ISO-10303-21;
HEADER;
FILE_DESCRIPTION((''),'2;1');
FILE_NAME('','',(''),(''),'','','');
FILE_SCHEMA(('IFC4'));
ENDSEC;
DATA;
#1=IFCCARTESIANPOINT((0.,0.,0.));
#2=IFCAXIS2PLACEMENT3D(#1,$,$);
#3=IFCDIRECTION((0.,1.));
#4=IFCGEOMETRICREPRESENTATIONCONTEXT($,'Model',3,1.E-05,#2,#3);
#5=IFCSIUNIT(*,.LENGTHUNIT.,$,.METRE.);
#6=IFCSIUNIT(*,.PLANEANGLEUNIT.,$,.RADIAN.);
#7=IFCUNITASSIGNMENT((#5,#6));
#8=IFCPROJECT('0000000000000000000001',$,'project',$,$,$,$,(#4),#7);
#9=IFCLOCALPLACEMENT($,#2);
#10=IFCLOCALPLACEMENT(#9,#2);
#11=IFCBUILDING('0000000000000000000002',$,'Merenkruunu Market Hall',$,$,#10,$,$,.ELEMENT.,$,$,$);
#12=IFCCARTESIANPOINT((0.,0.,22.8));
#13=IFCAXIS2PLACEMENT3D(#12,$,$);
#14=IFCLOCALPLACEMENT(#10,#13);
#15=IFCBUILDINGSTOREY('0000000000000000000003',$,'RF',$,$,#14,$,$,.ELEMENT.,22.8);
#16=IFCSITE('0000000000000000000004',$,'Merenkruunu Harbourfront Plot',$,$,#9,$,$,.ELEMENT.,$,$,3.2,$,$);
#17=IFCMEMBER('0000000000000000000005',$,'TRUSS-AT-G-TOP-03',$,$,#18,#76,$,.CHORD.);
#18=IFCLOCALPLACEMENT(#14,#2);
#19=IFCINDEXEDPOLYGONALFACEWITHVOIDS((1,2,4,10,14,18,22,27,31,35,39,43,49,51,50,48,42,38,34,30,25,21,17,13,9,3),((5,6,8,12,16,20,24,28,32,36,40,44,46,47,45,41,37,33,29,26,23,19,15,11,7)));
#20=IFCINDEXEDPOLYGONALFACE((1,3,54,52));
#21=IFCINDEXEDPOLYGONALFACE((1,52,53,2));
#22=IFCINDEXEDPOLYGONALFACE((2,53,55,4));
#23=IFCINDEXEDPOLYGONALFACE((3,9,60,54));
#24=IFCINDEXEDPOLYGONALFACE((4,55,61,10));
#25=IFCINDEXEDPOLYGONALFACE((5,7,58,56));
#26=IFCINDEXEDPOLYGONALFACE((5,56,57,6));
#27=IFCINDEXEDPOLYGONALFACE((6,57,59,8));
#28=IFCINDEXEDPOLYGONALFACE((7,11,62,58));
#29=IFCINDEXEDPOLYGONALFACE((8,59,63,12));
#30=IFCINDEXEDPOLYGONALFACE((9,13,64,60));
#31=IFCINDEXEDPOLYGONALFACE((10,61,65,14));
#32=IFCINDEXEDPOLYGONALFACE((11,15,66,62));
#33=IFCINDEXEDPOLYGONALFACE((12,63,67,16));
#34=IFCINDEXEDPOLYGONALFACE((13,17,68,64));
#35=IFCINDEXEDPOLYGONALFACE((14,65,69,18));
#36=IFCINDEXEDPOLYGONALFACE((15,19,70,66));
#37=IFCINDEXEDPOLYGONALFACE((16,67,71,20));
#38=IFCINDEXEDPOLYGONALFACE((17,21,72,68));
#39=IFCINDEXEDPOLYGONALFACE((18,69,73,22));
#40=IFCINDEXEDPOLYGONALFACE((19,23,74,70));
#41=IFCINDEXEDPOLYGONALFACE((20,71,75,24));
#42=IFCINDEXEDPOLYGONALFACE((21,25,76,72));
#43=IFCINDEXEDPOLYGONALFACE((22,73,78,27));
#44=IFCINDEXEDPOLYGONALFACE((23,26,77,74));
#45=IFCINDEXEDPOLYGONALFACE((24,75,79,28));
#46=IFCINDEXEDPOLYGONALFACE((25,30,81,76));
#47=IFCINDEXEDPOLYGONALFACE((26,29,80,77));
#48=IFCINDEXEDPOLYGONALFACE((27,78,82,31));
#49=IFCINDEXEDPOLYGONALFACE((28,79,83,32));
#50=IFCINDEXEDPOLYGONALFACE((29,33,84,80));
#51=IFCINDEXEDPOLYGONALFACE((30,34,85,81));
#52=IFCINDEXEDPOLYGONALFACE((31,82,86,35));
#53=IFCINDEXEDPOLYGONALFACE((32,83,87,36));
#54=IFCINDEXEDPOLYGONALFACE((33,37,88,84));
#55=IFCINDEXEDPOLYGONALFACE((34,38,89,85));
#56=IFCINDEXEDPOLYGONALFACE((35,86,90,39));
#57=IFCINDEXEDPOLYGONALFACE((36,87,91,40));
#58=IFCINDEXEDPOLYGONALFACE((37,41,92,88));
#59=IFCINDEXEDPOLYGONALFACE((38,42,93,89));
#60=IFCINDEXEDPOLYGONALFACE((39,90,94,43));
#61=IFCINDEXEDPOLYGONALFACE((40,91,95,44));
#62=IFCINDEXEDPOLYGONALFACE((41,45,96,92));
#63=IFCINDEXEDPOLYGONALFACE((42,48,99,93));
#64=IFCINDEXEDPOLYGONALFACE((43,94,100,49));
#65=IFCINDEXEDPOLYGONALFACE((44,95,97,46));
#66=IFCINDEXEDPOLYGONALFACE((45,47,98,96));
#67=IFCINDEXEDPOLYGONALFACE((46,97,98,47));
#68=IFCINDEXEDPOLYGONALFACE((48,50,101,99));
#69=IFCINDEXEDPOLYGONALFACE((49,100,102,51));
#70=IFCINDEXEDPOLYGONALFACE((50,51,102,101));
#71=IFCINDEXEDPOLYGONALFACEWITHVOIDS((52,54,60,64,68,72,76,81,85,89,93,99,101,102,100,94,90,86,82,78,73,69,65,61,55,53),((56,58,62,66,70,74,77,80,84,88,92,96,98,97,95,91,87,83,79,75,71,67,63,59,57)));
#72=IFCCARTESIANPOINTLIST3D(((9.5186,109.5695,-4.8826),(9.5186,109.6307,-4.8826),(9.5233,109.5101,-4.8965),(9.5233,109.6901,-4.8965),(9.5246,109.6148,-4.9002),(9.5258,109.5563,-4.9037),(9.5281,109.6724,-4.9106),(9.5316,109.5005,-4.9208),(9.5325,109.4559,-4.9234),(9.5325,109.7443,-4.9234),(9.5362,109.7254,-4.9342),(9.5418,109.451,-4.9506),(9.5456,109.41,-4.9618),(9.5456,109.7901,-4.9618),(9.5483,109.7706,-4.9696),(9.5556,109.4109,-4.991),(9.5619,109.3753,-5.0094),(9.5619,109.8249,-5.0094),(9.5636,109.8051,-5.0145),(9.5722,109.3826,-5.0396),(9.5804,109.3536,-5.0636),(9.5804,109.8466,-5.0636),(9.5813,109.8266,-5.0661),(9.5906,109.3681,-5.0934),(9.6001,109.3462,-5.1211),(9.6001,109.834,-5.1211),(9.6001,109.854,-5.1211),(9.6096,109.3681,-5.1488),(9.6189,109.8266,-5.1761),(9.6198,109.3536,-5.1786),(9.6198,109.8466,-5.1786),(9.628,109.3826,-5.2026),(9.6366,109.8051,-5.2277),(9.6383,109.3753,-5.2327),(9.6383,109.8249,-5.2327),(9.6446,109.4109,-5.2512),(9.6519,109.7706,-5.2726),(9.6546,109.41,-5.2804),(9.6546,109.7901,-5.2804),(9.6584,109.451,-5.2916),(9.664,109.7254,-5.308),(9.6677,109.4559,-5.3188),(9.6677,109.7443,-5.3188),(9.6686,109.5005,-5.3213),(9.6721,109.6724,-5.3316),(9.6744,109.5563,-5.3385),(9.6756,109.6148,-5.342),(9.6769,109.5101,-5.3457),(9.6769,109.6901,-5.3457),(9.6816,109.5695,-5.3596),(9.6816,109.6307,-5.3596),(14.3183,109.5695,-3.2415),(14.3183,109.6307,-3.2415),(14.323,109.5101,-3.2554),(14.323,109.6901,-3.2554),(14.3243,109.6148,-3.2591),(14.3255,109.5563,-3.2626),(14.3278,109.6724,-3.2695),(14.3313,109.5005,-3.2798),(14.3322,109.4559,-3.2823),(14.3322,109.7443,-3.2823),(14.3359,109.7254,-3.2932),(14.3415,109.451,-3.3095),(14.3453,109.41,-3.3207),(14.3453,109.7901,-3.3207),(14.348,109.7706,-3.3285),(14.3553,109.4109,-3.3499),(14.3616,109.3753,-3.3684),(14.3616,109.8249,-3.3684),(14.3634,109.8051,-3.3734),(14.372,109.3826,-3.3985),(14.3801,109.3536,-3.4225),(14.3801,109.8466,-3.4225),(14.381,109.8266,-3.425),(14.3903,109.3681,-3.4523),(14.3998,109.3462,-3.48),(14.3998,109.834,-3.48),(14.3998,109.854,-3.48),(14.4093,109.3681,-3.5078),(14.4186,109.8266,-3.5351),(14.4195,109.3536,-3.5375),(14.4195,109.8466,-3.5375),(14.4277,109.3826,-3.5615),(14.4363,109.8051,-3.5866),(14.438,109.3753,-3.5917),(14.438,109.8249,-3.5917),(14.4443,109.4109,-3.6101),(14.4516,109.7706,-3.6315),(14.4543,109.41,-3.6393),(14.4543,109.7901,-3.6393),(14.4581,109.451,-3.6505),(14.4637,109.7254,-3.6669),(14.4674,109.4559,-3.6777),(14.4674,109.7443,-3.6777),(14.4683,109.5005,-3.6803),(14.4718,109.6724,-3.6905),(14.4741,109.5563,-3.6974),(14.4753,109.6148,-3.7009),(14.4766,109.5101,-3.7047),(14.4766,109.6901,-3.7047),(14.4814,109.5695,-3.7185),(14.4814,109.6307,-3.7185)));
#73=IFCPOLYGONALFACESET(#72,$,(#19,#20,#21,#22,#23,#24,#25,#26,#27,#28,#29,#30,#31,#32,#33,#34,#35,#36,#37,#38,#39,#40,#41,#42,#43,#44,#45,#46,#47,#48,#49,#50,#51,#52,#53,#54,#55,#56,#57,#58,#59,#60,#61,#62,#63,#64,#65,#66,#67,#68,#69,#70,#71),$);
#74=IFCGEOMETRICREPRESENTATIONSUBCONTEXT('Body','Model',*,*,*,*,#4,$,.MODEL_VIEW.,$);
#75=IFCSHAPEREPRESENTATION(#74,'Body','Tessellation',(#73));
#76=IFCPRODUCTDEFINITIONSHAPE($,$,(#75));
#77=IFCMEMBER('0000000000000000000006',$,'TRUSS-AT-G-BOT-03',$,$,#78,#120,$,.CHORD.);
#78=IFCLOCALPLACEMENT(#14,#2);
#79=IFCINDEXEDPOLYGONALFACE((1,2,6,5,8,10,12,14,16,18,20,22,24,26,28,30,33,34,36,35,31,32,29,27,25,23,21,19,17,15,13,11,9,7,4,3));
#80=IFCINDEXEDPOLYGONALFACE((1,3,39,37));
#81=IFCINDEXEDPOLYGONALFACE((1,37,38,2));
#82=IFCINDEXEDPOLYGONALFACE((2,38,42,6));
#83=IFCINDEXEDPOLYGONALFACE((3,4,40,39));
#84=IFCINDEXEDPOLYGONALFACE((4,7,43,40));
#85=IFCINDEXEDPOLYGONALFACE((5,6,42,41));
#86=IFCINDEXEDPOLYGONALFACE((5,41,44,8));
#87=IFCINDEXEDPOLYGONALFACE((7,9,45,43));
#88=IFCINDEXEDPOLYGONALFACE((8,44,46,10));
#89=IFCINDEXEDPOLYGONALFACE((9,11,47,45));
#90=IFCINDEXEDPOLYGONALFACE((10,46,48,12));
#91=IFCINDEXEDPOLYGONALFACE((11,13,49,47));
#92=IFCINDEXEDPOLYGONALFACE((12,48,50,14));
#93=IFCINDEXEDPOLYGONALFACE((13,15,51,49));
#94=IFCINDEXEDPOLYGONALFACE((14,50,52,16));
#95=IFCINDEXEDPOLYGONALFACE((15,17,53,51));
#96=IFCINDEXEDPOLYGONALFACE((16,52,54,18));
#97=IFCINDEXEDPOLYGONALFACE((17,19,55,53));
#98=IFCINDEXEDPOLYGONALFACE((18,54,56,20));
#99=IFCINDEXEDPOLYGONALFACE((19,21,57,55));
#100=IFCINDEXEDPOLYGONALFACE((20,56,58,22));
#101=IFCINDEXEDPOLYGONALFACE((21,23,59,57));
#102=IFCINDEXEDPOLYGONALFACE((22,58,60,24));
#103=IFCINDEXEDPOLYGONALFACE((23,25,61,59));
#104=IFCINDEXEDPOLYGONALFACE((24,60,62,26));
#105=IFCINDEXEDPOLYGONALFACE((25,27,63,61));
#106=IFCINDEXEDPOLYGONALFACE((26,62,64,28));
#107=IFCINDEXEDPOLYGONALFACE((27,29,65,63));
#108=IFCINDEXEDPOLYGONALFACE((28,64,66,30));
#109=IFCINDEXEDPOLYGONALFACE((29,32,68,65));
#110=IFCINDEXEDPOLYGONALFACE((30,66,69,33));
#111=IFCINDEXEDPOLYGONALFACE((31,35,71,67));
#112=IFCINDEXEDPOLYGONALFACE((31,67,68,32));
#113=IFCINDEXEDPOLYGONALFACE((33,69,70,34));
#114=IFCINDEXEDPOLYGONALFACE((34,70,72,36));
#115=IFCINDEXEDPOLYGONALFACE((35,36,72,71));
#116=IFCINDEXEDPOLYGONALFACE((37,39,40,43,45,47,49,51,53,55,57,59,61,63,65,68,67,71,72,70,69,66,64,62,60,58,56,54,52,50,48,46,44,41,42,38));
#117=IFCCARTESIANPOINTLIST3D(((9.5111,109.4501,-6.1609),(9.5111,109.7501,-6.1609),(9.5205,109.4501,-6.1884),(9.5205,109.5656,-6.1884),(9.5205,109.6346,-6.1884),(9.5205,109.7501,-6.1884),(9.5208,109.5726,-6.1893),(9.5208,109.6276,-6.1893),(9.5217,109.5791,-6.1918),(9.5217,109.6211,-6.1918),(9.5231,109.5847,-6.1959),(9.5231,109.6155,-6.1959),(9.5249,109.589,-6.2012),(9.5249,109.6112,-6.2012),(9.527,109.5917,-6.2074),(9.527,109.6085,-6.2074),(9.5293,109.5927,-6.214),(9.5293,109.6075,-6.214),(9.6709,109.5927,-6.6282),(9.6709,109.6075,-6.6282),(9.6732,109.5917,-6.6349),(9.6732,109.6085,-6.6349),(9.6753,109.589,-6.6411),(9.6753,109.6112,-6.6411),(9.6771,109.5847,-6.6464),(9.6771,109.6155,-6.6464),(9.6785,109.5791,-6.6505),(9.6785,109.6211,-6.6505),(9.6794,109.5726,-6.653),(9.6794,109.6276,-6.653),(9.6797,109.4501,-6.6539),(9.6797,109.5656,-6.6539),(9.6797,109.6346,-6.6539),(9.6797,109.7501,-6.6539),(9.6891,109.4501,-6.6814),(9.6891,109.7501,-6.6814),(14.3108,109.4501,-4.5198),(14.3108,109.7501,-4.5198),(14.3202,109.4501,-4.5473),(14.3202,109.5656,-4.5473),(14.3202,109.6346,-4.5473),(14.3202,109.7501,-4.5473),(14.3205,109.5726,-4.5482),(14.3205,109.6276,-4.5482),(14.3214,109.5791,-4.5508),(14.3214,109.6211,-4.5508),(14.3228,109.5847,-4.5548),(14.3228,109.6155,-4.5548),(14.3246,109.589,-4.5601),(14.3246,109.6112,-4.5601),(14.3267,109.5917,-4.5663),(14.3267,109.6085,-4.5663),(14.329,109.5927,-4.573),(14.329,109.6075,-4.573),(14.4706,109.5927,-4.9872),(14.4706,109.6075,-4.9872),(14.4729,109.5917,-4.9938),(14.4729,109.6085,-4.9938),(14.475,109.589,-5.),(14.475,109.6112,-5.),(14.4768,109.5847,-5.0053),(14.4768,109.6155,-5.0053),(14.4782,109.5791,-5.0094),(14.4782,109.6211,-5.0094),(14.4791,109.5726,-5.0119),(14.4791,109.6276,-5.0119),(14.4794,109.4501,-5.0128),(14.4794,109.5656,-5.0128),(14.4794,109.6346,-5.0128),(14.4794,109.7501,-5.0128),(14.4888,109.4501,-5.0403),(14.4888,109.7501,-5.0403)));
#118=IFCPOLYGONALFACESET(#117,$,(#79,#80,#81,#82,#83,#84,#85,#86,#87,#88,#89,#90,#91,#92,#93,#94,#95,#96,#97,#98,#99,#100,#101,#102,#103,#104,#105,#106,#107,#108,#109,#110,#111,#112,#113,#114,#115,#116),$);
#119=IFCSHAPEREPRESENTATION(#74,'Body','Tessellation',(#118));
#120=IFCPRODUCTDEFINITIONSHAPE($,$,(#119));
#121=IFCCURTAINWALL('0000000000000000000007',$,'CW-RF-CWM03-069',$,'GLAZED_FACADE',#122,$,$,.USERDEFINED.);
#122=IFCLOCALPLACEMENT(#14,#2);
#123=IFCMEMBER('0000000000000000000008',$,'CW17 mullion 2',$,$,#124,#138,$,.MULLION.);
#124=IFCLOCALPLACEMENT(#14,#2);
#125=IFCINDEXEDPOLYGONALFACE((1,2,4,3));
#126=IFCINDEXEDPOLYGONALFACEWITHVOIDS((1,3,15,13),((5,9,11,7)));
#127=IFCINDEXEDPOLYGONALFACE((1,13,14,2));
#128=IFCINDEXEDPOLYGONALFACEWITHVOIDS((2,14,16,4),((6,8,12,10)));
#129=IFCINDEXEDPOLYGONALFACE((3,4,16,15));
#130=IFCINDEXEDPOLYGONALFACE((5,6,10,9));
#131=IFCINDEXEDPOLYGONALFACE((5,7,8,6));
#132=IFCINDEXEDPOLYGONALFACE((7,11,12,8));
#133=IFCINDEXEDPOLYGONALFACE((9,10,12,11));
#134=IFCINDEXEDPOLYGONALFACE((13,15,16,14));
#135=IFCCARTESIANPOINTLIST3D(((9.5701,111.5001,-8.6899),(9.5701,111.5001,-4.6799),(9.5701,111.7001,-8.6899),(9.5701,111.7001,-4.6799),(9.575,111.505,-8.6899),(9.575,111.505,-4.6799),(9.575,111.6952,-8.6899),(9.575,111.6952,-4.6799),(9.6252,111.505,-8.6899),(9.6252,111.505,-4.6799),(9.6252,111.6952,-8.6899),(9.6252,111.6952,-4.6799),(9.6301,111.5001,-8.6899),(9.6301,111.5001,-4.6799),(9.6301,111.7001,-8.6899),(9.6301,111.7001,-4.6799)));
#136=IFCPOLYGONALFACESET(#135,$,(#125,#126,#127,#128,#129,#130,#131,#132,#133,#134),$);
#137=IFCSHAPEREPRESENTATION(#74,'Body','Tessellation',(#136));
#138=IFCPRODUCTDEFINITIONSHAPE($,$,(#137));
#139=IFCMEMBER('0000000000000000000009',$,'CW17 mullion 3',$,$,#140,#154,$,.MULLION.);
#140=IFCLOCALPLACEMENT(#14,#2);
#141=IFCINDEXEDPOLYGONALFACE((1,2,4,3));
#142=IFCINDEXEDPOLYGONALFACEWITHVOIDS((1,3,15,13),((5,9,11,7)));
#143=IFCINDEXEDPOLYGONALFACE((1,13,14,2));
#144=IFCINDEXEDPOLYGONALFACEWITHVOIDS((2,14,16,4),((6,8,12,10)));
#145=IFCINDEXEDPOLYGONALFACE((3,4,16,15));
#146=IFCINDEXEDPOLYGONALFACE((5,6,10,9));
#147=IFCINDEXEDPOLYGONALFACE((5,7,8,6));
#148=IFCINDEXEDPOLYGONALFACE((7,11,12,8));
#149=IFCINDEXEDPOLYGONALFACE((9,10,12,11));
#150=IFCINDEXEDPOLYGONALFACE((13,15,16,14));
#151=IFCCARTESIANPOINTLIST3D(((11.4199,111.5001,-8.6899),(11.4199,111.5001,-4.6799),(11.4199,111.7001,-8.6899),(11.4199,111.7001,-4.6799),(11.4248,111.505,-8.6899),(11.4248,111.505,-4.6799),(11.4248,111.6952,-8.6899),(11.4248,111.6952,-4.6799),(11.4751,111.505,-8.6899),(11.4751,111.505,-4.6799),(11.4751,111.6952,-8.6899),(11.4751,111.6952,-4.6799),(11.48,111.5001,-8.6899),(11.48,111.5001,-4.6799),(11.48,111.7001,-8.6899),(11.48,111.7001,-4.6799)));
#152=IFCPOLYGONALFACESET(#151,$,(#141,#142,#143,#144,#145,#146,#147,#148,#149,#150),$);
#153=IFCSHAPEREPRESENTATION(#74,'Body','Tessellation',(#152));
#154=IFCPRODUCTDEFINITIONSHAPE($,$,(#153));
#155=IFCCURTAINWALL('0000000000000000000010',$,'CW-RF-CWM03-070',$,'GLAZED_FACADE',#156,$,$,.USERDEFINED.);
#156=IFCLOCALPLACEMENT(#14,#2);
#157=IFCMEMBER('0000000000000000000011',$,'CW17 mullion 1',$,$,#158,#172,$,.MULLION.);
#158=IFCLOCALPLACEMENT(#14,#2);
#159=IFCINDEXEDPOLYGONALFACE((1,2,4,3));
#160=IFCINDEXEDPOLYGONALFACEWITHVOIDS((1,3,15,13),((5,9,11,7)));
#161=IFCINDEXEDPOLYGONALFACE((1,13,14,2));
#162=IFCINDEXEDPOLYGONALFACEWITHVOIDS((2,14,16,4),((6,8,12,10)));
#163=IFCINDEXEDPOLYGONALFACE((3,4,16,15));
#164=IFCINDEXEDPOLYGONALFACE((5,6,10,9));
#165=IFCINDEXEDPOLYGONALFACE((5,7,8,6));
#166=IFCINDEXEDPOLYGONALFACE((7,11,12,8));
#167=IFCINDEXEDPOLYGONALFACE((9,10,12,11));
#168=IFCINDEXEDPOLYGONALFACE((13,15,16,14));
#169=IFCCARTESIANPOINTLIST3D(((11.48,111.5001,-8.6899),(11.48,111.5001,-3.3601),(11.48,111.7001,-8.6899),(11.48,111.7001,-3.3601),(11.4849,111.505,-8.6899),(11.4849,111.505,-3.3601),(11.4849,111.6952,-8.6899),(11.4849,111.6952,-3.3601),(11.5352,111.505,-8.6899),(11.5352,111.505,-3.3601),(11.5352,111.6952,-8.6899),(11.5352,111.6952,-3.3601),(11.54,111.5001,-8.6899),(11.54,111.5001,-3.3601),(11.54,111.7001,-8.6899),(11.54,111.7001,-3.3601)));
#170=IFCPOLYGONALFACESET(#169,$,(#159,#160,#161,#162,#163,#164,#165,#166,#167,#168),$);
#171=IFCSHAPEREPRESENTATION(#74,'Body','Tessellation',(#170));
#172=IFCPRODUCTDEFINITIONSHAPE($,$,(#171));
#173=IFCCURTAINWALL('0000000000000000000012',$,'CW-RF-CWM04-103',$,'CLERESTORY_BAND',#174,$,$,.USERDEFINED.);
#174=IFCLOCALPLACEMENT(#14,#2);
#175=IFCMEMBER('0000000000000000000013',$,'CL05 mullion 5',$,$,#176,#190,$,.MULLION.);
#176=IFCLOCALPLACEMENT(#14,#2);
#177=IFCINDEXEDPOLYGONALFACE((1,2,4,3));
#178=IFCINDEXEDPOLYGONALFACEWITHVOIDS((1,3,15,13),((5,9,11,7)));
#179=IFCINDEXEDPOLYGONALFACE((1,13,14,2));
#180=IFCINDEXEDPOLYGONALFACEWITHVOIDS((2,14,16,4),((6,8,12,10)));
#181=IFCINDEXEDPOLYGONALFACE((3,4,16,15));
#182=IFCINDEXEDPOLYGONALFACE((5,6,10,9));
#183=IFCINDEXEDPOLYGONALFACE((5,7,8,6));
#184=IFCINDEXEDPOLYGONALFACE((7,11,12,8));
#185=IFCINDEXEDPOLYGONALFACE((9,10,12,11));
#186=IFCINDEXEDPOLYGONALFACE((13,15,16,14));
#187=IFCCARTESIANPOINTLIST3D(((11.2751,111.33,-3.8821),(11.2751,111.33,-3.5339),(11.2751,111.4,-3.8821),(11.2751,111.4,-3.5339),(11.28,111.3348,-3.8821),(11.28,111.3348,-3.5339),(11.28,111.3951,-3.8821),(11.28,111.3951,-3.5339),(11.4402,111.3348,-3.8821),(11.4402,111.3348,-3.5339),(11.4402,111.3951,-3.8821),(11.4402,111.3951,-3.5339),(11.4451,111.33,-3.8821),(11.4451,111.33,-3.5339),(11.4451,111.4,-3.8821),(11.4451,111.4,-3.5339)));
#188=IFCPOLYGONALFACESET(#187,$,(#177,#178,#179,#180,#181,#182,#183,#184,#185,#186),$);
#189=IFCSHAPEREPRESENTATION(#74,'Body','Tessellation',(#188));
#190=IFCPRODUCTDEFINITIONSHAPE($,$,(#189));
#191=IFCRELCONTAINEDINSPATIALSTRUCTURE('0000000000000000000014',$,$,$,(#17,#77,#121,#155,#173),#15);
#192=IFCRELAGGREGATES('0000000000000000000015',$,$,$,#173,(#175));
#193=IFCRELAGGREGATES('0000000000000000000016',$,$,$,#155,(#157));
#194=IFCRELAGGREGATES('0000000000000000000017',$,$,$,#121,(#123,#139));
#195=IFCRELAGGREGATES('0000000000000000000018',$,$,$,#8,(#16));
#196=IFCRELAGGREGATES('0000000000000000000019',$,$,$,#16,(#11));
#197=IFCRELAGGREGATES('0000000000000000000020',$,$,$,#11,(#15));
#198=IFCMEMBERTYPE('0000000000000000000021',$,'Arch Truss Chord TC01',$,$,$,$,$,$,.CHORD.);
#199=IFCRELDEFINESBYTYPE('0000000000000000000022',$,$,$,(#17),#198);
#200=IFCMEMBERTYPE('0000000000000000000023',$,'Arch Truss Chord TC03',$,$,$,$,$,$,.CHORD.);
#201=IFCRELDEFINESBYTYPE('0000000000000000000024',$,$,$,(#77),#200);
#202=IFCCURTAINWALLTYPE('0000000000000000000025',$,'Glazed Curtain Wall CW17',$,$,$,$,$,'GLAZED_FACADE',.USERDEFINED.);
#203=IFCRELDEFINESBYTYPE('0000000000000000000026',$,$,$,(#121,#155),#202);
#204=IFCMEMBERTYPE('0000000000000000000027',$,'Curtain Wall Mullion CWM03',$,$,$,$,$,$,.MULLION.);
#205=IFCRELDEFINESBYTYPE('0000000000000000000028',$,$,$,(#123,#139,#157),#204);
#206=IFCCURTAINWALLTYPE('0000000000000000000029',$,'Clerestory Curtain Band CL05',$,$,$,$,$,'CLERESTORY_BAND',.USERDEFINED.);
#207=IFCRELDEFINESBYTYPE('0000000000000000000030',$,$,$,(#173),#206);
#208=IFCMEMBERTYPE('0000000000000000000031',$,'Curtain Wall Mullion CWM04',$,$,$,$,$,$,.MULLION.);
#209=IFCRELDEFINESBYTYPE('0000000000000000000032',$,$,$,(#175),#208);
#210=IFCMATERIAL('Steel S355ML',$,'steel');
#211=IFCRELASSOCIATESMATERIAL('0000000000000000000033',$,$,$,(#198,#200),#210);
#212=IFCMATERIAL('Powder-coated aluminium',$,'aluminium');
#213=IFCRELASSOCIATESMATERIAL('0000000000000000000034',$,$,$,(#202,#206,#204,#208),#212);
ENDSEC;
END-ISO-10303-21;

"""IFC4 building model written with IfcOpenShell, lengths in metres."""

from ifc_helpers import new_model, si_unit, direction, frame, origin, origin_2d, place, context, subcontext, project, spatial, hollow_rectangle, hollow_circle, i_section, extrude, material, material_profile, profile_set, type_object, element, aggregate, save


model = new_model("IFC4")

# Units and contexts
model_context = context("Model", 3, precision=1e-05, world=origin(), true_north=direction((0.0, 1.0)))
body_context = subcontext(model_context, "Body", "Model", "MODEL_VIEW")
ifc_project = project(units=[si_unit("LENGTHUNIT", "METRE"), si_unit("PLANEANGLEUNIT", "RADIAN")], contexts=[model_context])

# Site, building, storey
site_placement = place(None, origin())
site = spatial("IfcSite", under=ifc_project, at=site_placement, Name="Merenkruunu Harbourfront Plot", CompositionType="ELEMENT", RefElevation=3.2)
building_placement = place(site_placement, origin())
building = spatial("IfcBuilding", under=site, at=building_placement, Name="Merenkruunu Market Hall", CompositionType="ELEMENT")
storey_placement = place(building_placement, frame((0.0, 0.0, 22.8)))
storey = spatial("IfcBuildingStorey", under=building, at=storey_placement, Name="RF", CompositionType="ELEMENT", Elevation=22.8)

# Members
ifc_material_1 = material(Name="Steel S355ML", Category="steel")
ifc_material_profile_1 = material_profile(ifc_material_1, hollow_circle(Radius=0.2539, WallThickness=0.02, at=origin_2d()), Name="CHS 508x20")
ifc_profile_set_1 = profile_set([ifc_material_profile_1], Name="Steel S355ML")
member_type_1 = type_object("IfcMemberType", Name="Arch Truss Chord TC01", PredefinedType="CHORD", material=ifc_profile_set_1)
member_1_placement = place(storey_placement, frame((9.6001, 109.6001, -5.1211), z_axis=(0.94622, 0.0, 0.323524), x_axis=(0.0, 1.0, 0.0)))
element("IfcMember", 1, at=member_1_placement, inside=storey, type_object=member_type_1, Name="TRUSS-AT-G-TOP-03", PredefinedType="CHORD", context=body_context, shape_type="SweptSolid", body=[
    extrude(hollow_circle(Radius=0.2539, WallThickness=0.02, at=origin_2d()), origin(), (0.0, 0.0, 1.0), 5.0725),
])
ifc_material_profile_2 = material_profile(ifc_material_1, i_section(OverallWidth=0.3, OverallDepth=0.55, WebThickness=0.0149, FlangeThickness=0.0291, FilletRadius=0.0271, at=origin_2d()), Name="HEB 550")
ifc_profile_set_2 = profile_set([ifc_material_profile_2], Name="Steel S355ML")
member_type_2 = type_object("IfcMemberType", Name="Arch Truss Chord TC03", PredefinedType="CHORD", material=ifc_profile_set_2)
member_2_placement = place(storey_placement, frame((9.6001, 109.6001, -6.4211), z_axis=(0.94622, 0.0, 0.323524), x_axis=(0.0, 1.0, 0.0)))
element("IfcMember", 2, at=member_2_placement, inside=storey, type_object=member_type_2, Name="TRUSS-AT-G-BOT-03", PredefinedType="CHORD", context=body_context, shape_type="SweptSolid", body=[
    extrude(i_section(OverallWidth=0.3, OverallDepth=0.55, WebThickness=0.0149, FlangeThickness=0.0291, FilletRadius=0.0271, at=origin_2d()), origin(), (0.0, 0.0, 1.0), 5.0725),
])

# Curtain wall, members
ifc_material_2 = material(Name="Powder-coated aluminium", Category="aluminium")
curtain_wall_type_1 = type_object("IfcCurtainWallType", Name="Glazed Curtain Wall CW17", ElementType="GLAZED_FACADE", PredefinedType="USERDEFINED", material=ifc_material_2)
curtain_wall_1_placement = place(storey_placement, origin())
curtain_wall_1 = element("IfcCurtainWall", 3, at=curtain_wall_1_placement, inside=storey, type_object=curtain_wall_type_1, Name="CW-RF-CWM03-069", ObjectType="GLAZED_FACADE", PredefinedType="USERDEFINED")
ifc_material_profile_3 = material_profile(ifc_material_2, hollow_rectangle(XDim=0.0601, YDim=0.2, WallThickness=0.0049, at=origin_2d()), Name="ALU 60x200x5")
ifc_profile_set_3 = profile_set([ifc_material_profile_3], Name="Powder-coated aluminium")
member_type_3 = type_object("IfcMemberType", Name="Curtain Wall Mullion CWM03", PredefinedType="MULLION", material=ifc_profile_set_3)
member_3_placement = place(storey_placement, frame((9.6001, 111.6001, -8.6899), z_axis=(0.0, 0.0, 1.0), x_axis=(1.0, 0.0, 0.0)))
member_3 = element("IfcMember", 4, at=member_3_placement, type_object=member_type_3, Name="CW17 mullion 2", PredefinedType="MULLION", context=body_context, shape_type="SweptSolid", body=[
    extrude(hollow_rectangle(XDim=0.0601, YDim=0.2, WallThickness=0.0049, at=origin_2d()), origin(), (0.0, 0.0, 1.0), 4.01),
])
member_4_placement = place(storey_placement, frame((11.45, 111.6001, -8.6899), z_axis=(0.0, 0.0, 1.0), x_axis=(1.0, 0.0, 0.0)))
member_4 = element("IfcMember", 5, at=member_4_placement, type_object=member_type_3, Name="CW17 mullion 3", PredefinedType="MULLION", context=body_context, shape_type="SweptSolid", body=[
    extrude(hollow_rectangle(XDim=0.0601, YDim=0.2, WallThickness=0.0049, at=origin_2d()), origin(), (0.0, 0.0, 1.0), 4.01),
])

# Curtain walls, members
curtain_wall_2_placement = place(storey_placement, origin())
curtain_wall_2 = element("IfcCurtainWall", 6, at=curtain_wall_2_placement, inside=storey, type_object=curtain_wall_type_1, Name="CW-RF-CWM03-070", ObjectType="GLAZED_FACADE", PredefinedType="USERDEFINED")
member_5_placement = place(storey_placement, frame((11.51, 111.6001, -8.6899), z_axis=(0.0, 0.0, 1.0), x_axis=(1.0, 0.0, 0.0)))
member_5 = element("IfcMember", 7, at=member_5_placement, type_object=member_type_3, Name="CW17 mullion 1", PredefinedType="MULLION", context=body_context, shape_type="SweptSolid", body=[
    extrude(hollow_rectangle(XDim=0.0601, YDim=0.2, WallThickness=0.0049, at=origin_2d()), origin(), (0.0, 0.0, 1.0), 5.3298),
])
curtain_wall_type_2 = type_object("IfcCurtainWallType", Name="Clerestory Curtain Band CL05", ElementType="CLERESTORY_BAND", PredefinedType="USERDEFINED", material=ifc_material_2)
curtain_wall_3_placement = place(storey_placement, origin())
curtain_wall_3 = element("IfcCurtainWall", 8, at=curtain_wall_3_placement, inside=storey, type_object=curtain_wall_type_2, Name="CW-RF-CWM04-103", ObjectType="CLERESTORY_BAND", PredefinedType="USERDEFINED")
ifc_material_profile_4 = material_profile(ifc_material_2, hollow_rectangle(XDim=0.0701, YDim=0.1699, WallThickness=0.0049, at=origin_2d()), Name="ALU 70x170x5")
ifc_profile_set_4 = profile_set([ifc_material_profile_4], Name="Powder-coated aluminium")
member_type_4 = type_object("IfcMemberType", Name="Curtain Wall Mullion CWM04", PredefinedType="MULLION", material=ifc_profile_set_4)
member_6_placement = place(storey_placement, frame((11.3601, 111.365, -3.8821), z_axis=(0.0, 0.0, 1.0), x_axis=(0.0, 1.0, 0.0)))
member_6 = element("IfcMember", 9, at=member_6_placement, type_object=member_type_4, Name="CL05 mullion 5", PredefinedType="MULLION", context=body_context, shape_type="SweptSolid", body=[
    extrude(hollow_rectangle(XDim=0.0701, YDim=0.1699, WallThickness=0.0049, at=origin_2d()), origin(), (0.0, 0.0, 1.0), 0.3481),
])
aggregate(curtain_wall_3, [member_6])

aggregate(curtain_wall_2, [member_5])

aggregate(curtain_wall_1, [member_3, member_4])

save(model, "model.ifc")
